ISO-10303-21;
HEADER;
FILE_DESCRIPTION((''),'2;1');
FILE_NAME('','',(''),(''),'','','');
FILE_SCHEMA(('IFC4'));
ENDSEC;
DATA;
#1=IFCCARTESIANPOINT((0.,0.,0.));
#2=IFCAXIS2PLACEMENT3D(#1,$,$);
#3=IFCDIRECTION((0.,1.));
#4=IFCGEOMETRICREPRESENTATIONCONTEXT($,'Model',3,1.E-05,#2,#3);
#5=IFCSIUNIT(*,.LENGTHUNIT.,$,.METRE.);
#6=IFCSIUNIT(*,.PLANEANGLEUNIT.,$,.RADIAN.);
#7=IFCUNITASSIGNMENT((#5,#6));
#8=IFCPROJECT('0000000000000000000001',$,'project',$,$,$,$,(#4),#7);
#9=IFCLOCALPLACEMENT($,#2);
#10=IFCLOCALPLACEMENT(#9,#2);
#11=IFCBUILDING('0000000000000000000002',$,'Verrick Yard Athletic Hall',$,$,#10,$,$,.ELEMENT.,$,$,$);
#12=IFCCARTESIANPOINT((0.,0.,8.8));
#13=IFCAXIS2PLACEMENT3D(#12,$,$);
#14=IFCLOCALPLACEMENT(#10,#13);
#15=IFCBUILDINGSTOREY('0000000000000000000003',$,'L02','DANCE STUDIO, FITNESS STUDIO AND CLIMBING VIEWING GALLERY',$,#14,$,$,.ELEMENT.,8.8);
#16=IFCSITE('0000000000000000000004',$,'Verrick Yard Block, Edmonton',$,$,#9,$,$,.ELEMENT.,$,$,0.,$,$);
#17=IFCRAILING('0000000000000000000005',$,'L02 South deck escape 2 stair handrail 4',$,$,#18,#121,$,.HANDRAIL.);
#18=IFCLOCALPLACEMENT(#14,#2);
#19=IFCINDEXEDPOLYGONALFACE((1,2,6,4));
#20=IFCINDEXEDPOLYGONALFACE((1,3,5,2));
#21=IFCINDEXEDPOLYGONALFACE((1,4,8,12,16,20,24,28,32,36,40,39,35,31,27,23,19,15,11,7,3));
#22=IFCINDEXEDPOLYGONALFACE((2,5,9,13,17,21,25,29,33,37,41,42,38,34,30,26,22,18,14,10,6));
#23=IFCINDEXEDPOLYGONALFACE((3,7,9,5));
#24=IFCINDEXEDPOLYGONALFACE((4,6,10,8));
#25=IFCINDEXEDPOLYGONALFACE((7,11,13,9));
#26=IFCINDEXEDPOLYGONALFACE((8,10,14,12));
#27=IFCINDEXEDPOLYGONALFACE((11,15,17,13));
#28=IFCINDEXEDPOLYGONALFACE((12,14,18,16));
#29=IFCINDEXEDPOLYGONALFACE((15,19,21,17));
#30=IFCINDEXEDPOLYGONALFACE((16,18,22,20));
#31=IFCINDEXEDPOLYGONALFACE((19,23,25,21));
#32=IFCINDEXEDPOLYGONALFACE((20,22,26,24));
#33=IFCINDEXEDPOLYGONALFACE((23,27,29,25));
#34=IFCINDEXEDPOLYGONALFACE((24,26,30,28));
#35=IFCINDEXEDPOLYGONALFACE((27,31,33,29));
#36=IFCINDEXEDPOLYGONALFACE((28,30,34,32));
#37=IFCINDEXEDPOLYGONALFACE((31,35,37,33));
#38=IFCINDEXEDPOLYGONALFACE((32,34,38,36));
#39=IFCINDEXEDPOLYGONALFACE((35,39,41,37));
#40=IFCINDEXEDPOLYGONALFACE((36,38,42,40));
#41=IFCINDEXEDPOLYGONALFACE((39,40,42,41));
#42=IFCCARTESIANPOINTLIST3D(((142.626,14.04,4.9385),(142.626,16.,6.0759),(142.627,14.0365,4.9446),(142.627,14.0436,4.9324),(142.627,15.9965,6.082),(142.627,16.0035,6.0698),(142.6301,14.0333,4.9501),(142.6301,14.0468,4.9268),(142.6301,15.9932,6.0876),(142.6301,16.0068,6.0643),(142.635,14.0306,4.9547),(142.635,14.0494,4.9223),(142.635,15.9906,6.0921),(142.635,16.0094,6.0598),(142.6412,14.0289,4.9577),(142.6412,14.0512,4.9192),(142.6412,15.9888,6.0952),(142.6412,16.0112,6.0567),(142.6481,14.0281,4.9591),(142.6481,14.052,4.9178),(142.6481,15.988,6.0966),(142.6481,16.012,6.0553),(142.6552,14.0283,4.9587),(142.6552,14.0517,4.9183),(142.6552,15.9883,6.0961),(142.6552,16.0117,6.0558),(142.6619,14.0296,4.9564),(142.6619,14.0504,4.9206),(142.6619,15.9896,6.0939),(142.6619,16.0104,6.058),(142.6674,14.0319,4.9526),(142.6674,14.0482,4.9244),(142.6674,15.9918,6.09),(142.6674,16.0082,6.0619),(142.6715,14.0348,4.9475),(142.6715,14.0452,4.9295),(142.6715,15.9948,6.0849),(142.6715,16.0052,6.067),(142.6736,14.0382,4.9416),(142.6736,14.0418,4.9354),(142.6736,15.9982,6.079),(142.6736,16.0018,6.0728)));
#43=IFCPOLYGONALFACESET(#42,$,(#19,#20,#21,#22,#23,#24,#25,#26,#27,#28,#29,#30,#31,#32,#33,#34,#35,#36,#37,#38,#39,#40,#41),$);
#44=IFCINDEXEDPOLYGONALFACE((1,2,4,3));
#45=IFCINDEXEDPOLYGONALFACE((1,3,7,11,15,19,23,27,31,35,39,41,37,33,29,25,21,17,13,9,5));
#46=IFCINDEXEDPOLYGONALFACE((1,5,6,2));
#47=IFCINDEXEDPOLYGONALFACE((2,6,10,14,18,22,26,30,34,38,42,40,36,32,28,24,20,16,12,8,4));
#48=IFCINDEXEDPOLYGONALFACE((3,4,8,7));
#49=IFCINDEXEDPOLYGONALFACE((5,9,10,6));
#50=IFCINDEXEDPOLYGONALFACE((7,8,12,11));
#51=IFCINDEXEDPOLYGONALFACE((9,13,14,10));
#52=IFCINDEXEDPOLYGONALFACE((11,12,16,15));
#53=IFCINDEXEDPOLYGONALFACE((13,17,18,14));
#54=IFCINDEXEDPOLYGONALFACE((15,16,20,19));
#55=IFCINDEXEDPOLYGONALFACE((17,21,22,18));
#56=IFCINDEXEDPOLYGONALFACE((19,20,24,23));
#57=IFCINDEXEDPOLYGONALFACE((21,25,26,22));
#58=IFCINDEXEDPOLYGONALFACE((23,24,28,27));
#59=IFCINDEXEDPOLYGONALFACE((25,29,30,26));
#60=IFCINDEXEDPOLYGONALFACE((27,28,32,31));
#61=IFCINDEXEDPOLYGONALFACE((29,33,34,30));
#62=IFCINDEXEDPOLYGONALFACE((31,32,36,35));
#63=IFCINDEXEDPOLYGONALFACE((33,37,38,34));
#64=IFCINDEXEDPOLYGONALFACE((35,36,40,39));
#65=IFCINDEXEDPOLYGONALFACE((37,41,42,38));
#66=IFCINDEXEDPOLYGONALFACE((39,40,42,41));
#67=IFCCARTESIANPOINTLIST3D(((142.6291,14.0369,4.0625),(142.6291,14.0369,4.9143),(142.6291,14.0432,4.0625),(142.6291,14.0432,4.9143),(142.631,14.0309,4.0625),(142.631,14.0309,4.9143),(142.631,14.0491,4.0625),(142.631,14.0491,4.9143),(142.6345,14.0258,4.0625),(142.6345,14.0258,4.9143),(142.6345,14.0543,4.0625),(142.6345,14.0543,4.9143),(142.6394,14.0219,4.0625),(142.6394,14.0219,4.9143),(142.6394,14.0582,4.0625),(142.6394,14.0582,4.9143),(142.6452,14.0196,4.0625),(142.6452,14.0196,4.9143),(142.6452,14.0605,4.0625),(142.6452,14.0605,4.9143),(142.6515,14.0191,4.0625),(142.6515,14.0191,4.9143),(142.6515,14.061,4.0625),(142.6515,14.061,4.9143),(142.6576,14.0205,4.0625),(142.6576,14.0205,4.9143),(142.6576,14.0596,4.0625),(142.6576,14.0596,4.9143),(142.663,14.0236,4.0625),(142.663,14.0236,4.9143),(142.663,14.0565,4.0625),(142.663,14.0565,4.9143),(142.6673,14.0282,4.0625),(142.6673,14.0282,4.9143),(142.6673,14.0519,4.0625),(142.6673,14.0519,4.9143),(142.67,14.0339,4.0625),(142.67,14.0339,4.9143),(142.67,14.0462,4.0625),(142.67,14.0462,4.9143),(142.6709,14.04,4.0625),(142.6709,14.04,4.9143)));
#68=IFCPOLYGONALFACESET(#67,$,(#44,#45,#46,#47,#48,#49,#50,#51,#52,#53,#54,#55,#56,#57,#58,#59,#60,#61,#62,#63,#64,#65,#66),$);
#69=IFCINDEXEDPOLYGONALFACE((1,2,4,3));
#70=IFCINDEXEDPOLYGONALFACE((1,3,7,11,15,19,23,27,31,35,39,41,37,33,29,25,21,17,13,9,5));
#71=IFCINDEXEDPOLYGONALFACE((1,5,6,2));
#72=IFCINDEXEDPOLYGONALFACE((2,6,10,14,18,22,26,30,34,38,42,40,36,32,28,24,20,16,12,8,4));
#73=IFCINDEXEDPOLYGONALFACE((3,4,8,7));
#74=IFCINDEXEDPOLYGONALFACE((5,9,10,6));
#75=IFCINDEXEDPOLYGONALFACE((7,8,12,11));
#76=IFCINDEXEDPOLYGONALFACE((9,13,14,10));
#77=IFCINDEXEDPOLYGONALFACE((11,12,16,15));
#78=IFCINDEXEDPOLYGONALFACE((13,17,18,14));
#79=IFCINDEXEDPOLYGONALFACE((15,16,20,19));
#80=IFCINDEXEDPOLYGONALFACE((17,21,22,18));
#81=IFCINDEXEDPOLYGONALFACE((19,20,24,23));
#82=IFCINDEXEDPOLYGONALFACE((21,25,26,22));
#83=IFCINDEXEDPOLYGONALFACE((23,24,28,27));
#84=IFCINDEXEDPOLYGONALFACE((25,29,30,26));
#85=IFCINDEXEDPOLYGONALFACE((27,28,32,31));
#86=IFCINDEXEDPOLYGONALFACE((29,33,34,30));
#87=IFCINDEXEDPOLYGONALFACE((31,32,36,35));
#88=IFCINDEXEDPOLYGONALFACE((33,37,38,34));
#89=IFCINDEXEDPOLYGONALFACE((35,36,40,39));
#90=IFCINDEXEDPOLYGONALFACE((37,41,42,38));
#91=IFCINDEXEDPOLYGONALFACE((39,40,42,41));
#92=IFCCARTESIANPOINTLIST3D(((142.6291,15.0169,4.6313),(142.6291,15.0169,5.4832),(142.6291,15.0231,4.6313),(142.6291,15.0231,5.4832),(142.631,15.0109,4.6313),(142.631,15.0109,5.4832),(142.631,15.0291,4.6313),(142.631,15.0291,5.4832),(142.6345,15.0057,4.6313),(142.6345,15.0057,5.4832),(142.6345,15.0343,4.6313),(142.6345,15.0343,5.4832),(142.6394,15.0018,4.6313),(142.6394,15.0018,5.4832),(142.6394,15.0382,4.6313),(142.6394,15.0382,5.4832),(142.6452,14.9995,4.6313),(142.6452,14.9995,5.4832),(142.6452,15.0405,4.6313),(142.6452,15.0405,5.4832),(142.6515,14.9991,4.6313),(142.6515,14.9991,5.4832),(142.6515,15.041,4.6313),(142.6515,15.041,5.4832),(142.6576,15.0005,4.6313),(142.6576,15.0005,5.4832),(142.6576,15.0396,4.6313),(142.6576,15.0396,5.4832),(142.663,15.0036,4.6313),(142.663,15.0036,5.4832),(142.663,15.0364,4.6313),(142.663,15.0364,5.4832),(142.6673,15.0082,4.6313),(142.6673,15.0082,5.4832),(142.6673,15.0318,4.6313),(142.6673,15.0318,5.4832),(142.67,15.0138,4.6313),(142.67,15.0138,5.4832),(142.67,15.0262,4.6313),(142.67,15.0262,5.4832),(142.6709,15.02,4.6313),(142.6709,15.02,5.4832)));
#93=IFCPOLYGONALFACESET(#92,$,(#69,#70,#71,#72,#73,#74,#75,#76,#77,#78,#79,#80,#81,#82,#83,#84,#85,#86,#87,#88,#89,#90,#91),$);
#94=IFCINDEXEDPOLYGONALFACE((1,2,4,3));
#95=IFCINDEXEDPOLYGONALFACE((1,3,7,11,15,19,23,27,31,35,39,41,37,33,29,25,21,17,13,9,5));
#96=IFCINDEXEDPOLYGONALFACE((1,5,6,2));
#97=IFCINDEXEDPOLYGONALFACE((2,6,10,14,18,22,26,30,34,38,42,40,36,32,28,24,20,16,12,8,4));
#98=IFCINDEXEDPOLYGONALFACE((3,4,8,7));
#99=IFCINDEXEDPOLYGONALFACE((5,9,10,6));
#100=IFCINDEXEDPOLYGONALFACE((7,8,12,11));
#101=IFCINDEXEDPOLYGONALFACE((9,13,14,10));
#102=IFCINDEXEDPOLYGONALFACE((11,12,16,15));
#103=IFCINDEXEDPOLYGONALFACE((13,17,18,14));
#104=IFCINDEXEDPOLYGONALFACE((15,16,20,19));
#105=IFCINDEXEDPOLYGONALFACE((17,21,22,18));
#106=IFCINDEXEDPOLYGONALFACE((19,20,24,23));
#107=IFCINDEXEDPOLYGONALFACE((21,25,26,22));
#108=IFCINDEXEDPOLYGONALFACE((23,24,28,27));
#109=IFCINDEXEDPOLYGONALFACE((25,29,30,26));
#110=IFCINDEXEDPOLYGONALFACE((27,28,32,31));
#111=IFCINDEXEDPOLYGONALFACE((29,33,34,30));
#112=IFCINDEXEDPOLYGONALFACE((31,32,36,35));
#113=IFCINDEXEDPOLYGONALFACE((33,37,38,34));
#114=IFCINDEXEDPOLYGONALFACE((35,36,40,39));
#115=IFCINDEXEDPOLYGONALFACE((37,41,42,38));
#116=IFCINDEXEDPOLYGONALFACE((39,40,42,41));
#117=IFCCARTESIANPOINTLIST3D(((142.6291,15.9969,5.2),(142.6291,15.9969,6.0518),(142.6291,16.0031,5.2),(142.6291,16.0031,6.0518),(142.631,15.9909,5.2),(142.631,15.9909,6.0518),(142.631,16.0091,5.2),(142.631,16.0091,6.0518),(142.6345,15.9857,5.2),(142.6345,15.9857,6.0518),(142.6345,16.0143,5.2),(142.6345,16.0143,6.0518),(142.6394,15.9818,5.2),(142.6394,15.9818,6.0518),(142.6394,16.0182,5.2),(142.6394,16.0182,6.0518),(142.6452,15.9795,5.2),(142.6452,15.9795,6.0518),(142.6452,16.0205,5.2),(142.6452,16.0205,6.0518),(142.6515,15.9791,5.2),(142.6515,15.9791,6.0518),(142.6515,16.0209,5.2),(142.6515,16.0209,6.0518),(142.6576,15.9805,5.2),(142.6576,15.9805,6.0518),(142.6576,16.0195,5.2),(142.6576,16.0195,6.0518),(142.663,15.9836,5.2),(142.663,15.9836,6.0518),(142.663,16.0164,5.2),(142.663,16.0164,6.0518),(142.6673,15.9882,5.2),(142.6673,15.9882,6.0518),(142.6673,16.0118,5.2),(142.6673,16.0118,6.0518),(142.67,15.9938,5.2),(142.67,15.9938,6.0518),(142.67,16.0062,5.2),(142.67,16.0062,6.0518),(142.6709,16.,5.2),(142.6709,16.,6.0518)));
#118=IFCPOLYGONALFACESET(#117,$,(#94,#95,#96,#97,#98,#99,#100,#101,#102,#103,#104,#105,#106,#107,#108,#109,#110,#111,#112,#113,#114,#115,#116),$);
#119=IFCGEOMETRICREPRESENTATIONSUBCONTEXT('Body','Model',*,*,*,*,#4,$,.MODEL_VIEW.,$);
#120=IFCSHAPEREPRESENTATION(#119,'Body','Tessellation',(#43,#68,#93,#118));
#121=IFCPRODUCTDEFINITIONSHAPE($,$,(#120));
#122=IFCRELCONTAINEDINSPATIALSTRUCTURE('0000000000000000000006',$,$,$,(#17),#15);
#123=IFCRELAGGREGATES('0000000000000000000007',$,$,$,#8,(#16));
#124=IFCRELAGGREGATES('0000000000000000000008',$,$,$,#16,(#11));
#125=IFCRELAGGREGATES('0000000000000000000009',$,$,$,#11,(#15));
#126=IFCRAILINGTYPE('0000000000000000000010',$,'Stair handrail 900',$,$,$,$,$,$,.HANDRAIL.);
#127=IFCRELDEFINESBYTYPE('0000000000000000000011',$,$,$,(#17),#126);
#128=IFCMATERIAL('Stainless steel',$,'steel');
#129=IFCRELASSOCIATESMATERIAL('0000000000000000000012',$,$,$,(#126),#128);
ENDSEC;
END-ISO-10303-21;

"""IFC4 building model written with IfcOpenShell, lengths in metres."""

from ifc_helpers import new_model, si_unit, direction, frame, origin, origin_2d, place, context, subcontext, project, spatial, circle, extrude, material, type_object, element, save


model = new_model("IFC4")

# Units and contexts
model_context = context("Model", 3, precision=1e-05, world=origin(), true_north=direction((0.0, 1.0)))
body_context = subcontext(model_context, "Body", "Model", "MODEL_VIEW")
ifc_project = project(units=[si_unit("LENGTHUNIT", "METRE"), si_unit("PLANEANGLEUNIT", "RADIAN")], contexts=[model_context])

# Site, building, storey
site_placement = place(None, origin())
site = spatial("IfcSite", under=ifc_project, at=site_placement, Name="Verrick Yard Block, Edmonton", CompositionType="ELEMENT", RefElevation=0.0)
building_placement = place(site_placement, origin())
building = spatial("IfcBuilding", under=site, at=building_placement, Name="Verrick Yard Athletic Hall", CompositionType="ELEMENT")
storey_placement = place(building_placement, frame((0.0, 0.0, 8.8)))
storey = spatial("IfcBuildingStorey", under=building, at=storey_placement, Name="L02", Description="DANCE STUDIO, FITNESS STUDIO AND CLIMBING VIEWING GALLERY", CompositionType="ELEMENT", Elevation=8.8)

# Railing
ifc_material_1 = material(Name="Stainless steel", Category="steel")
railing_type_1 = type_object("IfcRailingType", Name="Stair handrail 900", PredefinedType="HANDRAIL", material=ifc_material_1)
railing_1_placement = place(storey_placement, frame((142.6499, 14.04, 4.0625)))
element("IfcRailing", 1, at=railing_1_placement, inside=storey, type_object=railing_type_1, Name="L02 South deck escape 2 stair handrail 4", PredefinedType="HANDRAIL", context=body_context, shape_type="SweptSolid", body=[
    extrude(circle(Radius=0.0239, at=origin_2d()), frame((0.0, 0.0, 0.876), z_axis=(0.0, 0.864902, 0.501941), x_axis=(-1.0, 0.0, 0.0)), (0.0, 0.0, 1.0), 2.2661),
    extrude(circle(Radius=0.021, at=origin_2d()), origin(), (0.0, 0.0, 1.0), 0.8518),
    extrude(circle(Radius=0.021, at=origin_2d()), frame((0.0, 0.98, 0.5688)), (0.0, 0.0, 1.0), 0.8518),
    extrude(circle(Radius=0.021, at=origin_2d()), frame((0.0, 1.96, 1.1375)), (0.0, 0.0, 1.0), 0.8518),
])

save(model, "model.ifc")
